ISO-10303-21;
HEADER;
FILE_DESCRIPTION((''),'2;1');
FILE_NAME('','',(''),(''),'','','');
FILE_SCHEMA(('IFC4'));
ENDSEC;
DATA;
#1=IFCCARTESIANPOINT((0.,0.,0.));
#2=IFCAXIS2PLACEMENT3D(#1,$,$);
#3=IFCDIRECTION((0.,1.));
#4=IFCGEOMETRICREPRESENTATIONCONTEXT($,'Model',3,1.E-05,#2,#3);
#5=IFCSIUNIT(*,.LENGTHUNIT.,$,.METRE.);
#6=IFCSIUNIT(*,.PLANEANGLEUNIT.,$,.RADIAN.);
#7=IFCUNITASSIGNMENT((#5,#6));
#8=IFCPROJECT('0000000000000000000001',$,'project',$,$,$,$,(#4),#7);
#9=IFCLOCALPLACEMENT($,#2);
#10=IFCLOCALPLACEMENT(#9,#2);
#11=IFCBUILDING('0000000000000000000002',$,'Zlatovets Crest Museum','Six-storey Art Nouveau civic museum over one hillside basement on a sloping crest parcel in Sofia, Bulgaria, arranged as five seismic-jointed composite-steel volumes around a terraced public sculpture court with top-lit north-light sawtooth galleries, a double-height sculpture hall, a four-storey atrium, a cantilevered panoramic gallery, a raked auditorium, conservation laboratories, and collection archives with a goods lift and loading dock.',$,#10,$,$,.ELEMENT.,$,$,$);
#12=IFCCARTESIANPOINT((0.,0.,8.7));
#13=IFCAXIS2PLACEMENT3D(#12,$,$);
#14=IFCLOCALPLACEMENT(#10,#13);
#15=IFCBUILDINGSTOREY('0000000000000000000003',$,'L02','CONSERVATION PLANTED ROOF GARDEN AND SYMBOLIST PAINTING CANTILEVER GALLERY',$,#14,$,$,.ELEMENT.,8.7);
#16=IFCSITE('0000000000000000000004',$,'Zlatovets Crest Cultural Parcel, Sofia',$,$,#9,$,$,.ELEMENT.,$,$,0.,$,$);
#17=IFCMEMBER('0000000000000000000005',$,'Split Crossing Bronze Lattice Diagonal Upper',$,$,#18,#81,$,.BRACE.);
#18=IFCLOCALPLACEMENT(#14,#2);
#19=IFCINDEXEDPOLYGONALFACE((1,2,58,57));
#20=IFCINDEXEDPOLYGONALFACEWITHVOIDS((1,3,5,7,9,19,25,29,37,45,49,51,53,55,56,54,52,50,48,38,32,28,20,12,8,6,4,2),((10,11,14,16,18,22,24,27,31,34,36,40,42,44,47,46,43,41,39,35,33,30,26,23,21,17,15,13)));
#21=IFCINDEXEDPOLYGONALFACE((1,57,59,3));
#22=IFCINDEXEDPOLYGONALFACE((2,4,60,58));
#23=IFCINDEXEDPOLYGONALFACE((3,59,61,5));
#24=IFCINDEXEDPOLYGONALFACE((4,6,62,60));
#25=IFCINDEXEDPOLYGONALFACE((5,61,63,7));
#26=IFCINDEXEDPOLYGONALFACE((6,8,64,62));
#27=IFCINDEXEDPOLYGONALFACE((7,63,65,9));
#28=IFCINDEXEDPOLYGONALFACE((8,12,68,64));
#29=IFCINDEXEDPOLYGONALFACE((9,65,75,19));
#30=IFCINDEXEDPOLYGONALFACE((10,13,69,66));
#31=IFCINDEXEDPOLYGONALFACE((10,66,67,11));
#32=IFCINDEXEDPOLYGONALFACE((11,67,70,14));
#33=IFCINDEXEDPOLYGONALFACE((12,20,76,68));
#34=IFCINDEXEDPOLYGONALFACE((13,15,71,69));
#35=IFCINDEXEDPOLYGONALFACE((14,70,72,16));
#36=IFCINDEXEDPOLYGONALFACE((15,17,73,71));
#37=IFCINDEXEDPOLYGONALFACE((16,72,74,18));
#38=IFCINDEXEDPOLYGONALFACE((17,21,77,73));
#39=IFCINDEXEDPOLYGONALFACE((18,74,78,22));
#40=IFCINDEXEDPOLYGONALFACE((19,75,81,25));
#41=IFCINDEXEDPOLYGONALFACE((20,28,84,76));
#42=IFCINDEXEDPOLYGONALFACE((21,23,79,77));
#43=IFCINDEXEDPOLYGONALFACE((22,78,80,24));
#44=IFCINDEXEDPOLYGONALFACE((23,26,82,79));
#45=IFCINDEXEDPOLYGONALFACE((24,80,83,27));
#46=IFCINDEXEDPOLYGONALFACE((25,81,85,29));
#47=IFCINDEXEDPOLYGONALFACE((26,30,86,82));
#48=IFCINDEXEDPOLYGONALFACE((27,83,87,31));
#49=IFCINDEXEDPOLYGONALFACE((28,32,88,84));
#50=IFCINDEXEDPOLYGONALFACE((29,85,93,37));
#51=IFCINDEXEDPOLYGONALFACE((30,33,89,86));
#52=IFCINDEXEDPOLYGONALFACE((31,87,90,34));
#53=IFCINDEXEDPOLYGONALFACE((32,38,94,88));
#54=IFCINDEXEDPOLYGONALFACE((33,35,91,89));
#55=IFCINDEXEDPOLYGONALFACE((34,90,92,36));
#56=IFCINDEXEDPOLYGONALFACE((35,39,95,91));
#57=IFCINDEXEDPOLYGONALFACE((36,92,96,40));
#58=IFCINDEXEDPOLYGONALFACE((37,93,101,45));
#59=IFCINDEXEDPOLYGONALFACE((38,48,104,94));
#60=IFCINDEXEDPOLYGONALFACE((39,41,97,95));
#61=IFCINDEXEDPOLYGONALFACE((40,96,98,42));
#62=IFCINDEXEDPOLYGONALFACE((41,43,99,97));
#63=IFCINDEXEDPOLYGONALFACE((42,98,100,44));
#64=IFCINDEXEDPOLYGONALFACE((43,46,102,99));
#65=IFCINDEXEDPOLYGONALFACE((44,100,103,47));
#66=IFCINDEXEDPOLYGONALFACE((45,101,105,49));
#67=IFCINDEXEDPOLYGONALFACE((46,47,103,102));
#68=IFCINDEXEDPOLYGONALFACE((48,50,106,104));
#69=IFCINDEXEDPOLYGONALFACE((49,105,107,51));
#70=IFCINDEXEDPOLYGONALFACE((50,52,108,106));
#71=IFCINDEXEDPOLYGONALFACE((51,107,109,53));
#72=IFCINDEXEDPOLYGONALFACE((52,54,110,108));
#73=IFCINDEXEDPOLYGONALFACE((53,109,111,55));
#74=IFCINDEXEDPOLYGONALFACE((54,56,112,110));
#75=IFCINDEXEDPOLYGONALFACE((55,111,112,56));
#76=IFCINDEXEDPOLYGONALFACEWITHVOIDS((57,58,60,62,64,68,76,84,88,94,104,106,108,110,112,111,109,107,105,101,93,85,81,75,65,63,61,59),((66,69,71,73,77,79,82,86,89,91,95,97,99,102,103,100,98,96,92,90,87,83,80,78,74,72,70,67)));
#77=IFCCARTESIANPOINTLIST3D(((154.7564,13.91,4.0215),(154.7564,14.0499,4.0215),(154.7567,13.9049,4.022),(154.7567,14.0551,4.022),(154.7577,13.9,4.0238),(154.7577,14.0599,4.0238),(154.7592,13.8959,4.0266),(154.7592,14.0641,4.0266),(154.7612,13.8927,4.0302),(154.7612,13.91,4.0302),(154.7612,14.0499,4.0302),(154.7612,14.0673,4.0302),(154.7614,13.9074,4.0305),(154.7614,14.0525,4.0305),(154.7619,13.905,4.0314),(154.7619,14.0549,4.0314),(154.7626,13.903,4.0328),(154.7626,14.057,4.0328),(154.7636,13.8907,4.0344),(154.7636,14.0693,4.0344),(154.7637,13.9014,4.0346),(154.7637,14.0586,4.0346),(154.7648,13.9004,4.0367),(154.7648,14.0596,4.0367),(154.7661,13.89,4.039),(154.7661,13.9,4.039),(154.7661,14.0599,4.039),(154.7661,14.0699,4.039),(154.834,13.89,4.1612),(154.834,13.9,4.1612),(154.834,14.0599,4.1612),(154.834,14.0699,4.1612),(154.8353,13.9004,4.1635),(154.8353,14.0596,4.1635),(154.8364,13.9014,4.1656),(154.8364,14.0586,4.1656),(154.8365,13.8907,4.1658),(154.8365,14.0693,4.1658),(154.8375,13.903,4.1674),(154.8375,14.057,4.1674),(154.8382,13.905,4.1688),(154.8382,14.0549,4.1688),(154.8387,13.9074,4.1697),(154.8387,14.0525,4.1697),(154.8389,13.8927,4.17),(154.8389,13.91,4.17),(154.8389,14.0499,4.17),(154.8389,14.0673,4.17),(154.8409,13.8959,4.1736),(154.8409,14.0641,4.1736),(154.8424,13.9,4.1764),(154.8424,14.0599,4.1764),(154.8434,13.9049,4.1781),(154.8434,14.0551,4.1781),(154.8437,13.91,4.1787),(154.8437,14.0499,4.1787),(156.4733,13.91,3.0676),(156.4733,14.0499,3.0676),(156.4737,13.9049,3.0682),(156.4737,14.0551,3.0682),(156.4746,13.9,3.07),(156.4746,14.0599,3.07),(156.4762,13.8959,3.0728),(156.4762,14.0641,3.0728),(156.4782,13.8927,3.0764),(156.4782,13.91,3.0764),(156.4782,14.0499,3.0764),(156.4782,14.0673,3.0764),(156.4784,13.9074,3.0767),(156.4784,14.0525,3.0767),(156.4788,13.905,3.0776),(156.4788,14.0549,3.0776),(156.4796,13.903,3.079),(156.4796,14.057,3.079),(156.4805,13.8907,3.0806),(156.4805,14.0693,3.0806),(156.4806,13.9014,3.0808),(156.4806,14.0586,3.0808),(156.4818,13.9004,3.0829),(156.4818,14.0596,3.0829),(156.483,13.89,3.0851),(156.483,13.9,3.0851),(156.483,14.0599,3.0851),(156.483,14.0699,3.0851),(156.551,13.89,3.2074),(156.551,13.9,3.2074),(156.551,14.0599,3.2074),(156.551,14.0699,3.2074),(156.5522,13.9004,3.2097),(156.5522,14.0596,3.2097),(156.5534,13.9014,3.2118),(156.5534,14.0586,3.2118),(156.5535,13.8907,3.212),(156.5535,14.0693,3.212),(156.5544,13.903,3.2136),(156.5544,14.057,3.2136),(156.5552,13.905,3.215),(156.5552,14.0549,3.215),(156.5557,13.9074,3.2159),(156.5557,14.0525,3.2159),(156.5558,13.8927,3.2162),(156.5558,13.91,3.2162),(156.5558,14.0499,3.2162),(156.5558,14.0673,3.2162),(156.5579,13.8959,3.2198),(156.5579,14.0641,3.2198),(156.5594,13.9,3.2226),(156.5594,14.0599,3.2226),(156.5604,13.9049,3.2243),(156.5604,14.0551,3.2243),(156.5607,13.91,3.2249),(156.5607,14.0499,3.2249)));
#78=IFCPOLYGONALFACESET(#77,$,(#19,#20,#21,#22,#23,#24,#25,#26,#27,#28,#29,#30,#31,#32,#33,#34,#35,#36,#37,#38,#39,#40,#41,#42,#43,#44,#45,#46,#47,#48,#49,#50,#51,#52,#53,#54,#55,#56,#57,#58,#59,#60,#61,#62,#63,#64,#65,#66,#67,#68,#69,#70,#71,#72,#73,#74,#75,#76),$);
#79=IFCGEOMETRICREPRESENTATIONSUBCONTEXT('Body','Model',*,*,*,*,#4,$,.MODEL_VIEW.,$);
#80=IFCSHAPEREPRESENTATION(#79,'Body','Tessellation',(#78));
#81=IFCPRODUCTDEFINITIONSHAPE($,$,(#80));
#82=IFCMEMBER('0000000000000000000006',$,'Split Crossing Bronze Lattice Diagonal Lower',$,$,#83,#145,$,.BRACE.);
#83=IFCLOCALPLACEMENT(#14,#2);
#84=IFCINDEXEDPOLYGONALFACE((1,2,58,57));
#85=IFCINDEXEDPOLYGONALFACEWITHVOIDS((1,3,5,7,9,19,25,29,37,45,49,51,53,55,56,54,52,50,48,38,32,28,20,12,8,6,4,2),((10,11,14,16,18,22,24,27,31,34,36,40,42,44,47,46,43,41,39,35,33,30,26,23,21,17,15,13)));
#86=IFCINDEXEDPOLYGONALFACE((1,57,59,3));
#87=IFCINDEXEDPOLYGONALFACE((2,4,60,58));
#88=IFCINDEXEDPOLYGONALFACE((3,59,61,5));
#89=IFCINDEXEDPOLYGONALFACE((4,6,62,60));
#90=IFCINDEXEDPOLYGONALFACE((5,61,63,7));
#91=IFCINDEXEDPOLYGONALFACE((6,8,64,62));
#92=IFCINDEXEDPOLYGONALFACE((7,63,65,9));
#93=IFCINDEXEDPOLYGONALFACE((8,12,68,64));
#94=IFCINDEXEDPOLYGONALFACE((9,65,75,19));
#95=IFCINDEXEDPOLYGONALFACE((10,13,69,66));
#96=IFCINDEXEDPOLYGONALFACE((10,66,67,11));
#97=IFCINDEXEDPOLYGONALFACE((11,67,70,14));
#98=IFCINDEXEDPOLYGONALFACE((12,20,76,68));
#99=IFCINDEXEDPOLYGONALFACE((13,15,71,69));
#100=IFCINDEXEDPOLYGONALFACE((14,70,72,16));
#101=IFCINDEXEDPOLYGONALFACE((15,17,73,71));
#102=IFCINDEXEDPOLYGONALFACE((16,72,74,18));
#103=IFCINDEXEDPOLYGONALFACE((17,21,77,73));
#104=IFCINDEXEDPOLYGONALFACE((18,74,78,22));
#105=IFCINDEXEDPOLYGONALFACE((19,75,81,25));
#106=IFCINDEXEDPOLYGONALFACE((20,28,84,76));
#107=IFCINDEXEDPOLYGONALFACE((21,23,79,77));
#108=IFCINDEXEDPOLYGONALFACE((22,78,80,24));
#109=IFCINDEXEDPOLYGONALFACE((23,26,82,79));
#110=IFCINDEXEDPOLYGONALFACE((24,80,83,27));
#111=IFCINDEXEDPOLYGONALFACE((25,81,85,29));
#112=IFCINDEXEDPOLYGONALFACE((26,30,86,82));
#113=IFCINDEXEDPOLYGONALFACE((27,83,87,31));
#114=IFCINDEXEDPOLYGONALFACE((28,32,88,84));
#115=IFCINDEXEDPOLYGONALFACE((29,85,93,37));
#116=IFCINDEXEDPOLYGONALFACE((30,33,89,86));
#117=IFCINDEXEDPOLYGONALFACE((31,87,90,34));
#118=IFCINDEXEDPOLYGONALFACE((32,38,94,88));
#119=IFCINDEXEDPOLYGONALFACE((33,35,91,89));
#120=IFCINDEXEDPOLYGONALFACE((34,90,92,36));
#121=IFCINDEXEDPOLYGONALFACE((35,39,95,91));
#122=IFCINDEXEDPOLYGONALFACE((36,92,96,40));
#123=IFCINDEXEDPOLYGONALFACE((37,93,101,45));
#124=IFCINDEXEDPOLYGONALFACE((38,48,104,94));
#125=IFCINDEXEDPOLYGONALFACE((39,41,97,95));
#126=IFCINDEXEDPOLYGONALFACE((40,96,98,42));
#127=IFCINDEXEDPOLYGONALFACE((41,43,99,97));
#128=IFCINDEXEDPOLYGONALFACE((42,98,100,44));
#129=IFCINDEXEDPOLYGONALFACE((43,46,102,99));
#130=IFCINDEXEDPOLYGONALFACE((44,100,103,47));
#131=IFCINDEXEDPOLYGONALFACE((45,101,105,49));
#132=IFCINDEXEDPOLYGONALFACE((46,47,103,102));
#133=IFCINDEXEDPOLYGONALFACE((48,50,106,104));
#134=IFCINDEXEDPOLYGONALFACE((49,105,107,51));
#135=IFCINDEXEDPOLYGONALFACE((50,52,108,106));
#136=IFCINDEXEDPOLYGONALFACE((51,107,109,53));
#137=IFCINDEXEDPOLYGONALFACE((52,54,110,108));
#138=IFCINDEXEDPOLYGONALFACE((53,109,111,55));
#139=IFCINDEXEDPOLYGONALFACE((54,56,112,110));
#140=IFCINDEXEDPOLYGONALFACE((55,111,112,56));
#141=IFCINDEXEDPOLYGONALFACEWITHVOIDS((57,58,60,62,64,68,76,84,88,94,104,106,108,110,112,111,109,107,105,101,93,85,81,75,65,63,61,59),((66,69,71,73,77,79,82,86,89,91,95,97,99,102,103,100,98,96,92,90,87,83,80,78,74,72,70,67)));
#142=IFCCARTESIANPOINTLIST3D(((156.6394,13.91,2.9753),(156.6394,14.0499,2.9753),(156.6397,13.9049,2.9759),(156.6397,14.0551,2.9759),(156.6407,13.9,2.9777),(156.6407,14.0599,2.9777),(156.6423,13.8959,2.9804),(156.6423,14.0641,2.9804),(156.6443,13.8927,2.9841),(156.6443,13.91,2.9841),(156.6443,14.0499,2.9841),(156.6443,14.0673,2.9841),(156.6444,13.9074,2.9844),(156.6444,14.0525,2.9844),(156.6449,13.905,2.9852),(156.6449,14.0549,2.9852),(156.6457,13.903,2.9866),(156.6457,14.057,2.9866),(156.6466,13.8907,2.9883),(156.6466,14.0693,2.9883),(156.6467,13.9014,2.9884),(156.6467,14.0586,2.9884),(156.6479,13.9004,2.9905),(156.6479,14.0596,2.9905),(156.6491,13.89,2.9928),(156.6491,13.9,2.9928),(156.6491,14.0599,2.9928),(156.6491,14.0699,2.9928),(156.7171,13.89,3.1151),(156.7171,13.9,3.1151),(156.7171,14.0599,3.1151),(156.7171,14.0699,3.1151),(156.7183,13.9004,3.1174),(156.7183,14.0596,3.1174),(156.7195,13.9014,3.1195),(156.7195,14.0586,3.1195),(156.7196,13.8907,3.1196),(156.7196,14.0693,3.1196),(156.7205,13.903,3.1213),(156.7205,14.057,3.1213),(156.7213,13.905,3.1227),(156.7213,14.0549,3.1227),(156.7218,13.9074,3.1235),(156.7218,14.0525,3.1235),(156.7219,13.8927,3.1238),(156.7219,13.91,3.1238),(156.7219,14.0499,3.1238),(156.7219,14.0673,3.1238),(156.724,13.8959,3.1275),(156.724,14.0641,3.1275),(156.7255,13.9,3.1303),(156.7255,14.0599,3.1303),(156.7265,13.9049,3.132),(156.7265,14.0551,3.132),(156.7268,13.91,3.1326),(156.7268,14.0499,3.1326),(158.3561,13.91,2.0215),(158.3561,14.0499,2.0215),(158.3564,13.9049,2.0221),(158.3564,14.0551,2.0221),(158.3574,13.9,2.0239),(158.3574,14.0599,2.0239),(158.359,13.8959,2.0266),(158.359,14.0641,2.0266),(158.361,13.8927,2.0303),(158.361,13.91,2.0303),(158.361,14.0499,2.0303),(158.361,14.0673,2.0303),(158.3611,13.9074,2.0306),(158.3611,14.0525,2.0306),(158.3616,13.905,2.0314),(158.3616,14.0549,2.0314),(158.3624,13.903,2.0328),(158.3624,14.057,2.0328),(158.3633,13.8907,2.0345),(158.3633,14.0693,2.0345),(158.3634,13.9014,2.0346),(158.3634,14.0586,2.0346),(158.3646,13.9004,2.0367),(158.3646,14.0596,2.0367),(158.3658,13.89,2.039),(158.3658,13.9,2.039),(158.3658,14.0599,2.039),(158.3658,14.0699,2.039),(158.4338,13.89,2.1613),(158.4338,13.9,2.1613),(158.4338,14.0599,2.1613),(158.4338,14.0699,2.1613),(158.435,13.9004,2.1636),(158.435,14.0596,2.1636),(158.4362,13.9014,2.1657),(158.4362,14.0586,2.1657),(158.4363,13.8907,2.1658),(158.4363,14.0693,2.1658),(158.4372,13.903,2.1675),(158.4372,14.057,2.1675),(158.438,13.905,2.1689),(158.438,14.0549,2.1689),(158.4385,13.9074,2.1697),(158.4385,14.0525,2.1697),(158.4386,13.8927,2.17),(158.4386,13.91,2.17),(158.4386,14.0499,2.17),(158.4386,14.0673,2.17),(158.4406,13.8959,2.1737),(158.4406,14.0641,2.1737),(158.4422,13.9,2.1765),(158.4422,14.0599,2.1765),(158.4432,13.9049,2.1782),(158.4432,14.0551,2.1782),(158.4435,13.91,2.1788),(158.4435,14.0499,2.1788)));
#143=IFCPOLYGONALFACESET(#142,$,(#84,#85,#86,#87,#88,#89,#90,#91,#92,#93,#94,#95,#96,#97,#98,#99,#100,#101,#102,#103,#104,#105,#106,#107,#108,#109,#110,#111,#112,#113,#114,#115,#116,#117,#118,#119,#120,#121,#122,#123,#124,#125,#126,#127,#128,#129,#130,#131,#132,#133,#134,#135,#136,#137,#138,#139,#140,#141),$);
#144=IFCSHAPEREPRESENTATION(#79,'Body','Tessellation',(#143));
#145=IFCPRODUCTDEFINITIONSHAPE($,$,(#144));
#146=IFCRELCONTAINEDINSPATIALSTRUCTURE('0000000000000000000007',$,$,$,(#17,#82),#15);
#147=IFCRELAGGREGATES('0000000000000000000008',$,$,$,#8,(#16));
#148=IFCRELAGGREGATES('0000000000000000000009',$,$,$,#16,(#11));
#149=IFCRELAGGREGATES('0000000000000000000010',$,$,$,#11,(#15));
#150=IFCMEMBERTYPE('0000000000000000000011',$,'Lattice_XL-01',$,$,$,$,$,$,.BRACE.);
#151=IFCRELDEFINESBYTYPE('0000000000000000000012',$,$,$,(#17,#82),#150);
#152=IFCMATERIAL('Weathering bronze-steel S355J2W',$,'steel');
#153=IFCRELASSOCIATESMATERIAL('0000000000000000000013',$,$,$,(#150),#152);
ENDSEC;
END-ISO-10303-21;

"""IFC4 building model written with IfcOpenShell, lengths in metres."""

from ifc_helpers import new_model, si_unit, direction, frame, origin, origin_2d, place, context, subcontext, project, spatial, hollow_rectangle, extrude, material, material_profile, profile_set, type_object, element, save


model = new_model("IFC4")

# Units and contexts
model_context = context("Model", 3, precision=1e-05, world=origin(), true_north=direction((0.0, 1.0)))
body_context = subcontext(model_context, "Body", "Model", "MODEL_VIEW")
ifc_project = project(units=[si_unit("LENGTHUNIT", "METRE"), si_unit("PLANEANGLEUNIT", "RADIAN")], contexts=[model_context])

# Site, building, storey
site_placement = place(None, origin())
site = spatial("IfcSite", under=ifc_project, at=site_placement, Name="Zlatovets Crest Cultural Parcel, Sofia", CompositionType="ELEMENT", RefElevation=0.0)
building_placement = place(site_placement, origin())
building = spatial("IfcBuilding", under=site, at=building_placement, Name="Zlatovets Crest Museum", Description="Six-storey Art Nouveau civic museum over one hillside basement on a sloping crest parcel in Sofia, Bulgaria, arranged as five seismic-jointed composite-steel volumes around a terraced public sculpture court with top-lit north-light sawtooth galleries, a double-height sculpture hall, a four-storey atrium, a cantilevered panoramic gallery, a raked auditorium, conservation laboratories, and collection archives with a goods lift and loading dock.", CompositionType="ELEMENT")
storey_placement = place(building_placement, frame((0.0, 0.0, 8.7)))
storey = spatial("IfcBuildingStorey", under=building, at=storey_placement, Name="L02", Description="CONSERVATION PLANTED ROOF GARDEN AND SYMBOLIST PAINTING CANTILEVER GALLERY", CompositionType="ELEMENT", Elevation=8.7)

# Members
ifc_material_1 = material(Name="Weathering bronze-steel S355J2W", Category="steel")
ifc_material_profile_1 = material_profile(ifc_material_1, hollow_rectangle(XDim=0.1799, YDim=0.1799, WallThickness=0.01, InnerFilletRadius=0.01, OuterFilletRadius=0.02, at=origin_2d()), Name="SHS 180x180x10.0")
ifc_profile_set_1 = profile_set([ifc_material_profile_1], Name="Weathering bronze-steel S355J2W")
member_type_1 = type_object("IfcMemberType", Name="Lattice_XL-01", PredefinedType="BRACE", material=ifc_profile_set_1)
member_1_placement = place(storey_placement, frame((154.8, 13.98, 4.1001), z_axis=(0.874169, 0.0, -0.485622), x_axis=(0.0, 1.0, 0.0)))
element("IfcMember", 1, at=member_1_placement, inside=storey, type_object=member_type_1, Name="Split Crossing Bronze Lattice Diagonal Upper", PredefinedType="BRACE", context=body_context, shape_type="SweptSolid", body=[
    extrude(hollow_rectangle(XDim=0.1799, YDim=0.1799, WallThickness=0.01, InnerFilletRadius=0.01, OuterFilletRadius=0.02, at=origin_2d()), origin(), (0.0, 0.0, 1.0), 1.9641),
])
member_2_placement = place(storey_placement, frame((156.6831, 13.98, 3.054), z_axis=(0.87414, 0.0, -0.485675), x_axis=(0.0, 1.0, 0.0)))
element("IfcMember", 2, at=member_2_placement, inside=storey, type_object=member_type_1, Name="Split Crossing Bronze Lattice Diagonal Lower", PredefinedType="BRACE", context=body_context, shape_type="SweptSolid", body=[
    extrude(hollow_rectangle(XDim=0.1799, YDim=0.1799, WallThickness=0.01, InnerFilletRadius=0.01, OuterFilletRadius=0.02, at=origin_2d()), origin(), (0.0, 0.0, 1.0), 1.9639),
])

save(model, "model.ifc")
